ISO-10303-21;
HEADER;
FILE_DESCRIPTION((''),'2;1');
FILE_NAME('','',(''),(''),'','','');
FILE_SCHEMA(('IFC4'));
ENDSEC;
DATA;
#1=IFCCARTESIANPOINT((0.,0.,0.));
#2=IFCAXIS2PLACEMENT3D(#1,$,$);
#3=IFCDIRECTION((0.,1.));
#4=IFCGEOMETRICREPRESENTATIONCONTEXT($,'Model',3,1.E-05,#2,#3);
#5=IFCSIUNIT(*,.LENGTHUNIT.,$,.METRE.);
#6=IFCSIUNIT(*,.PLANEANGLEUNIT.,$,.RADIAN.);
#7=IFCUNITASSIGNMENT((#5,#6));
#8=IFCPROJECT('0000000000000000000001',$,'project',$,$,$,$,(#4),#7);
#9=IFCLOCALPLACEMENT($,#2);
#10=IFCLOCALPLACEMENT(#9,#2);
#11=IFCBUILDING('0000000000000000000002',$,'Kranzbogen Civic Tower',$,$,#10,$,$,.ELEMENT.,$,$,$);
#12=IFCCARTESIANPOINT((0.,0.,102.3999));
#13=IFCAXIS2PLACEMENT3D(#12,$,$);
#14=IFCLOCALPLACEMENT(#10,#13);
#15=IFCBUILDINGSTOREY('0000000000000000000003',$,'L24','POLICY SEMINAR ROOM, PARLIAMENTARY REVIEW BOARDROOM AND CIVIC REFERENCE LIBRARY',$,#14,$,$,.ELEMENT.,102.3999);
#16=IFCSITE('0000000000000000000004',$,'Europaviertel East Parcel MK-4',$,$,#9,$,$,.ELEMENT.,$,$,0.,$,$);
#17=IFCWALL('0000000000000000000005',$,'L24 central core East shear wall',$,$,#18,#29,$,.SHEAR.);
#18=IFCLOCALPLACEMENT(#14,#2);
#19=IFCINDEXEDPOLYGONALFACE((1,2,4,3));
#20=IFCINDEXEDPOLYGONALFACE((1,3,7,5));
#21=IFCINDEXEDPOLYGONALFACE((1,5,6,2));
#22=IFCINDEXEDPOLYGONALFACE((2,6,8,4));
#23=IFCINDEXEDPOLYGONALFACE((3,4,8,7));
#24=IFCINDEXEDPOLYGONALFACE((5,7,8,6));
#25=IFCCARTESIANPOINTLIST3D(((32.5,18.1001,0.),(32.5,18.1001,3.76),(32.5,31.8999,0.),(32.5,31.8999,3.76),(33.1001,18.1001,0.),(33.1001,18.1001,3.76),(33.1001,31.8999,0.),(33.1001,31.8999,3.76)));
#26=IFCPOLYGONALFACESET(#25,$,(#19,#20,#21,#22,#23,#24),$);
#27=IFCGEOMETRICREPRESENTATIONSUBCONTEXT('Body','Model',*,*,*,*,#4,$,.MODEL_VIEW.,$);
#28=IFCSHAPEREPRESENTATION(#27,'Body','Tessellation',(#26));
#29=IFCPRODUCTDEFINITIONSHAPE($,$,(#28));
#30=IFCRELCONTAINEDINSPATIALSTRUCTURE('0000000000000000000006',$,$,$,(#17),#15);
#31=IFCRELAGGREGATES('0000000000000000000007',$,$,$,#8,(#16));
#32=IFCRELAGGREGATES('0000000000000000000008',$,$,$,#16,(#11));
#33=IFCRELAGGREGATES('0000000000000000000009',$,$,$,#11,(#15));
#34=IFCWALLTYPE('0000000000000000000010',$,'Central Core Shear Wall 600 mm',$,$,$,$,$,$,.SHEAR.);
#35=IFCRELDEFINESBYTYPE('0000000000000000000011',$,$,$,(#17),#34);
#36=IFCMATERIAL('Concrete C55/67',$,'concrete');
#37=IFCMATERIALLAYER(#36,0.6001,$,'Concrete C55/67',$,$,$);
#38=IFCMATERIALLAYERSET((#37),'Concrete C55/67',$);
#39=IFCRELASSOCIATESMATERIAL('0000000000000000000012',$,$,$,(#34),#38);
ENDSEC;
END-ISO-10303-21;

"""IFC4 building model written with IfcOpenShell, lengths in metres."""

from ifc_helpers import new_model, si_unit, direction, frame, frame_2d, origin, place, context, subcontext, project, spatial, rectangle, extrude, material, layer, layer_set, type_object, element, save


model = new_model("IFC4")

# Units and contexts
model_context = context("Model", 3, precision=1e-05, world=origin(), true_north=direction((0.0, 1.0)))
body_context = subcontext(model_context, "Body", "Model", "MODEL_VIEW")
ifc_project = project(units=[si_unit("LENGTHUNIT", "METRE"), si_unit("PLANEANGLEUNIT", "RADIAN")], contexts=[model_context])

# Site, building, storey
site_placement = place(None, origin())
site = spatial("IfcSite", under=ifc_project, at=site_placement, Name="Europaviertel East Parcel MK-4", CompositionType="ELEMENT", RefElevation=0.0)
building_placement = place(site_placement, origin())
building = spatial("IfcBuilding", under=site, at=building_placement, Name="Kranzbogen Civic Tower", CompositionType="ELEMENT")
storey_placement = place(building_placement, frame((0.0, 0.0, 102.3999)))
storey = spatial("IfcBuildingStorey", under=building, at=storey_placement, Name="L24", Description="POLICY SEMINAR ROOM, PARLIAMENTARY REVIEW BOARDROOM AND CIVIC REFERENCE LIBRARY", CompositionType="ELEMENT", Elevation=102.3999)

# Wall
ifc_material_1 = material(Name="Concrete C55/67", Category="concrete")
ifc_layer_1 = layer(ifc_material_1, 0.6001, Name="Concrete C55/67")
ifc_layer_set_1 = layer_set([ifc_layer_1], Name="Concrete C55/67")
wall_type_1 = type_object("IfcWallType", Name="Central Core Shear Wall 600 mm", PredefinedType="SHEAR", material=ifc_layer_set_1)
wall_1_placement = place(storey_placement, frame((32.8, 18.1001, 0.0), z_axis=(0.0, 0.0, 1.0), x_axis=(0.0, 1.0, 0.0)))
element("IfcWall", 1, at=wall_1_placement, inside=storey, type_object=wall_type_1, Name="L24 central core East shear wall", PredefinedType="SHEAR", context=body_context, shape_type="SweptSolid", body=[
    extrude(rectangle(XDim=13.7998, YDim=0.6001, at=frame_2d((6.8999, 0.0))), origin(), (0.0, 0.0, 1.0), 3.76),
])

save(model, "model.ifc")
